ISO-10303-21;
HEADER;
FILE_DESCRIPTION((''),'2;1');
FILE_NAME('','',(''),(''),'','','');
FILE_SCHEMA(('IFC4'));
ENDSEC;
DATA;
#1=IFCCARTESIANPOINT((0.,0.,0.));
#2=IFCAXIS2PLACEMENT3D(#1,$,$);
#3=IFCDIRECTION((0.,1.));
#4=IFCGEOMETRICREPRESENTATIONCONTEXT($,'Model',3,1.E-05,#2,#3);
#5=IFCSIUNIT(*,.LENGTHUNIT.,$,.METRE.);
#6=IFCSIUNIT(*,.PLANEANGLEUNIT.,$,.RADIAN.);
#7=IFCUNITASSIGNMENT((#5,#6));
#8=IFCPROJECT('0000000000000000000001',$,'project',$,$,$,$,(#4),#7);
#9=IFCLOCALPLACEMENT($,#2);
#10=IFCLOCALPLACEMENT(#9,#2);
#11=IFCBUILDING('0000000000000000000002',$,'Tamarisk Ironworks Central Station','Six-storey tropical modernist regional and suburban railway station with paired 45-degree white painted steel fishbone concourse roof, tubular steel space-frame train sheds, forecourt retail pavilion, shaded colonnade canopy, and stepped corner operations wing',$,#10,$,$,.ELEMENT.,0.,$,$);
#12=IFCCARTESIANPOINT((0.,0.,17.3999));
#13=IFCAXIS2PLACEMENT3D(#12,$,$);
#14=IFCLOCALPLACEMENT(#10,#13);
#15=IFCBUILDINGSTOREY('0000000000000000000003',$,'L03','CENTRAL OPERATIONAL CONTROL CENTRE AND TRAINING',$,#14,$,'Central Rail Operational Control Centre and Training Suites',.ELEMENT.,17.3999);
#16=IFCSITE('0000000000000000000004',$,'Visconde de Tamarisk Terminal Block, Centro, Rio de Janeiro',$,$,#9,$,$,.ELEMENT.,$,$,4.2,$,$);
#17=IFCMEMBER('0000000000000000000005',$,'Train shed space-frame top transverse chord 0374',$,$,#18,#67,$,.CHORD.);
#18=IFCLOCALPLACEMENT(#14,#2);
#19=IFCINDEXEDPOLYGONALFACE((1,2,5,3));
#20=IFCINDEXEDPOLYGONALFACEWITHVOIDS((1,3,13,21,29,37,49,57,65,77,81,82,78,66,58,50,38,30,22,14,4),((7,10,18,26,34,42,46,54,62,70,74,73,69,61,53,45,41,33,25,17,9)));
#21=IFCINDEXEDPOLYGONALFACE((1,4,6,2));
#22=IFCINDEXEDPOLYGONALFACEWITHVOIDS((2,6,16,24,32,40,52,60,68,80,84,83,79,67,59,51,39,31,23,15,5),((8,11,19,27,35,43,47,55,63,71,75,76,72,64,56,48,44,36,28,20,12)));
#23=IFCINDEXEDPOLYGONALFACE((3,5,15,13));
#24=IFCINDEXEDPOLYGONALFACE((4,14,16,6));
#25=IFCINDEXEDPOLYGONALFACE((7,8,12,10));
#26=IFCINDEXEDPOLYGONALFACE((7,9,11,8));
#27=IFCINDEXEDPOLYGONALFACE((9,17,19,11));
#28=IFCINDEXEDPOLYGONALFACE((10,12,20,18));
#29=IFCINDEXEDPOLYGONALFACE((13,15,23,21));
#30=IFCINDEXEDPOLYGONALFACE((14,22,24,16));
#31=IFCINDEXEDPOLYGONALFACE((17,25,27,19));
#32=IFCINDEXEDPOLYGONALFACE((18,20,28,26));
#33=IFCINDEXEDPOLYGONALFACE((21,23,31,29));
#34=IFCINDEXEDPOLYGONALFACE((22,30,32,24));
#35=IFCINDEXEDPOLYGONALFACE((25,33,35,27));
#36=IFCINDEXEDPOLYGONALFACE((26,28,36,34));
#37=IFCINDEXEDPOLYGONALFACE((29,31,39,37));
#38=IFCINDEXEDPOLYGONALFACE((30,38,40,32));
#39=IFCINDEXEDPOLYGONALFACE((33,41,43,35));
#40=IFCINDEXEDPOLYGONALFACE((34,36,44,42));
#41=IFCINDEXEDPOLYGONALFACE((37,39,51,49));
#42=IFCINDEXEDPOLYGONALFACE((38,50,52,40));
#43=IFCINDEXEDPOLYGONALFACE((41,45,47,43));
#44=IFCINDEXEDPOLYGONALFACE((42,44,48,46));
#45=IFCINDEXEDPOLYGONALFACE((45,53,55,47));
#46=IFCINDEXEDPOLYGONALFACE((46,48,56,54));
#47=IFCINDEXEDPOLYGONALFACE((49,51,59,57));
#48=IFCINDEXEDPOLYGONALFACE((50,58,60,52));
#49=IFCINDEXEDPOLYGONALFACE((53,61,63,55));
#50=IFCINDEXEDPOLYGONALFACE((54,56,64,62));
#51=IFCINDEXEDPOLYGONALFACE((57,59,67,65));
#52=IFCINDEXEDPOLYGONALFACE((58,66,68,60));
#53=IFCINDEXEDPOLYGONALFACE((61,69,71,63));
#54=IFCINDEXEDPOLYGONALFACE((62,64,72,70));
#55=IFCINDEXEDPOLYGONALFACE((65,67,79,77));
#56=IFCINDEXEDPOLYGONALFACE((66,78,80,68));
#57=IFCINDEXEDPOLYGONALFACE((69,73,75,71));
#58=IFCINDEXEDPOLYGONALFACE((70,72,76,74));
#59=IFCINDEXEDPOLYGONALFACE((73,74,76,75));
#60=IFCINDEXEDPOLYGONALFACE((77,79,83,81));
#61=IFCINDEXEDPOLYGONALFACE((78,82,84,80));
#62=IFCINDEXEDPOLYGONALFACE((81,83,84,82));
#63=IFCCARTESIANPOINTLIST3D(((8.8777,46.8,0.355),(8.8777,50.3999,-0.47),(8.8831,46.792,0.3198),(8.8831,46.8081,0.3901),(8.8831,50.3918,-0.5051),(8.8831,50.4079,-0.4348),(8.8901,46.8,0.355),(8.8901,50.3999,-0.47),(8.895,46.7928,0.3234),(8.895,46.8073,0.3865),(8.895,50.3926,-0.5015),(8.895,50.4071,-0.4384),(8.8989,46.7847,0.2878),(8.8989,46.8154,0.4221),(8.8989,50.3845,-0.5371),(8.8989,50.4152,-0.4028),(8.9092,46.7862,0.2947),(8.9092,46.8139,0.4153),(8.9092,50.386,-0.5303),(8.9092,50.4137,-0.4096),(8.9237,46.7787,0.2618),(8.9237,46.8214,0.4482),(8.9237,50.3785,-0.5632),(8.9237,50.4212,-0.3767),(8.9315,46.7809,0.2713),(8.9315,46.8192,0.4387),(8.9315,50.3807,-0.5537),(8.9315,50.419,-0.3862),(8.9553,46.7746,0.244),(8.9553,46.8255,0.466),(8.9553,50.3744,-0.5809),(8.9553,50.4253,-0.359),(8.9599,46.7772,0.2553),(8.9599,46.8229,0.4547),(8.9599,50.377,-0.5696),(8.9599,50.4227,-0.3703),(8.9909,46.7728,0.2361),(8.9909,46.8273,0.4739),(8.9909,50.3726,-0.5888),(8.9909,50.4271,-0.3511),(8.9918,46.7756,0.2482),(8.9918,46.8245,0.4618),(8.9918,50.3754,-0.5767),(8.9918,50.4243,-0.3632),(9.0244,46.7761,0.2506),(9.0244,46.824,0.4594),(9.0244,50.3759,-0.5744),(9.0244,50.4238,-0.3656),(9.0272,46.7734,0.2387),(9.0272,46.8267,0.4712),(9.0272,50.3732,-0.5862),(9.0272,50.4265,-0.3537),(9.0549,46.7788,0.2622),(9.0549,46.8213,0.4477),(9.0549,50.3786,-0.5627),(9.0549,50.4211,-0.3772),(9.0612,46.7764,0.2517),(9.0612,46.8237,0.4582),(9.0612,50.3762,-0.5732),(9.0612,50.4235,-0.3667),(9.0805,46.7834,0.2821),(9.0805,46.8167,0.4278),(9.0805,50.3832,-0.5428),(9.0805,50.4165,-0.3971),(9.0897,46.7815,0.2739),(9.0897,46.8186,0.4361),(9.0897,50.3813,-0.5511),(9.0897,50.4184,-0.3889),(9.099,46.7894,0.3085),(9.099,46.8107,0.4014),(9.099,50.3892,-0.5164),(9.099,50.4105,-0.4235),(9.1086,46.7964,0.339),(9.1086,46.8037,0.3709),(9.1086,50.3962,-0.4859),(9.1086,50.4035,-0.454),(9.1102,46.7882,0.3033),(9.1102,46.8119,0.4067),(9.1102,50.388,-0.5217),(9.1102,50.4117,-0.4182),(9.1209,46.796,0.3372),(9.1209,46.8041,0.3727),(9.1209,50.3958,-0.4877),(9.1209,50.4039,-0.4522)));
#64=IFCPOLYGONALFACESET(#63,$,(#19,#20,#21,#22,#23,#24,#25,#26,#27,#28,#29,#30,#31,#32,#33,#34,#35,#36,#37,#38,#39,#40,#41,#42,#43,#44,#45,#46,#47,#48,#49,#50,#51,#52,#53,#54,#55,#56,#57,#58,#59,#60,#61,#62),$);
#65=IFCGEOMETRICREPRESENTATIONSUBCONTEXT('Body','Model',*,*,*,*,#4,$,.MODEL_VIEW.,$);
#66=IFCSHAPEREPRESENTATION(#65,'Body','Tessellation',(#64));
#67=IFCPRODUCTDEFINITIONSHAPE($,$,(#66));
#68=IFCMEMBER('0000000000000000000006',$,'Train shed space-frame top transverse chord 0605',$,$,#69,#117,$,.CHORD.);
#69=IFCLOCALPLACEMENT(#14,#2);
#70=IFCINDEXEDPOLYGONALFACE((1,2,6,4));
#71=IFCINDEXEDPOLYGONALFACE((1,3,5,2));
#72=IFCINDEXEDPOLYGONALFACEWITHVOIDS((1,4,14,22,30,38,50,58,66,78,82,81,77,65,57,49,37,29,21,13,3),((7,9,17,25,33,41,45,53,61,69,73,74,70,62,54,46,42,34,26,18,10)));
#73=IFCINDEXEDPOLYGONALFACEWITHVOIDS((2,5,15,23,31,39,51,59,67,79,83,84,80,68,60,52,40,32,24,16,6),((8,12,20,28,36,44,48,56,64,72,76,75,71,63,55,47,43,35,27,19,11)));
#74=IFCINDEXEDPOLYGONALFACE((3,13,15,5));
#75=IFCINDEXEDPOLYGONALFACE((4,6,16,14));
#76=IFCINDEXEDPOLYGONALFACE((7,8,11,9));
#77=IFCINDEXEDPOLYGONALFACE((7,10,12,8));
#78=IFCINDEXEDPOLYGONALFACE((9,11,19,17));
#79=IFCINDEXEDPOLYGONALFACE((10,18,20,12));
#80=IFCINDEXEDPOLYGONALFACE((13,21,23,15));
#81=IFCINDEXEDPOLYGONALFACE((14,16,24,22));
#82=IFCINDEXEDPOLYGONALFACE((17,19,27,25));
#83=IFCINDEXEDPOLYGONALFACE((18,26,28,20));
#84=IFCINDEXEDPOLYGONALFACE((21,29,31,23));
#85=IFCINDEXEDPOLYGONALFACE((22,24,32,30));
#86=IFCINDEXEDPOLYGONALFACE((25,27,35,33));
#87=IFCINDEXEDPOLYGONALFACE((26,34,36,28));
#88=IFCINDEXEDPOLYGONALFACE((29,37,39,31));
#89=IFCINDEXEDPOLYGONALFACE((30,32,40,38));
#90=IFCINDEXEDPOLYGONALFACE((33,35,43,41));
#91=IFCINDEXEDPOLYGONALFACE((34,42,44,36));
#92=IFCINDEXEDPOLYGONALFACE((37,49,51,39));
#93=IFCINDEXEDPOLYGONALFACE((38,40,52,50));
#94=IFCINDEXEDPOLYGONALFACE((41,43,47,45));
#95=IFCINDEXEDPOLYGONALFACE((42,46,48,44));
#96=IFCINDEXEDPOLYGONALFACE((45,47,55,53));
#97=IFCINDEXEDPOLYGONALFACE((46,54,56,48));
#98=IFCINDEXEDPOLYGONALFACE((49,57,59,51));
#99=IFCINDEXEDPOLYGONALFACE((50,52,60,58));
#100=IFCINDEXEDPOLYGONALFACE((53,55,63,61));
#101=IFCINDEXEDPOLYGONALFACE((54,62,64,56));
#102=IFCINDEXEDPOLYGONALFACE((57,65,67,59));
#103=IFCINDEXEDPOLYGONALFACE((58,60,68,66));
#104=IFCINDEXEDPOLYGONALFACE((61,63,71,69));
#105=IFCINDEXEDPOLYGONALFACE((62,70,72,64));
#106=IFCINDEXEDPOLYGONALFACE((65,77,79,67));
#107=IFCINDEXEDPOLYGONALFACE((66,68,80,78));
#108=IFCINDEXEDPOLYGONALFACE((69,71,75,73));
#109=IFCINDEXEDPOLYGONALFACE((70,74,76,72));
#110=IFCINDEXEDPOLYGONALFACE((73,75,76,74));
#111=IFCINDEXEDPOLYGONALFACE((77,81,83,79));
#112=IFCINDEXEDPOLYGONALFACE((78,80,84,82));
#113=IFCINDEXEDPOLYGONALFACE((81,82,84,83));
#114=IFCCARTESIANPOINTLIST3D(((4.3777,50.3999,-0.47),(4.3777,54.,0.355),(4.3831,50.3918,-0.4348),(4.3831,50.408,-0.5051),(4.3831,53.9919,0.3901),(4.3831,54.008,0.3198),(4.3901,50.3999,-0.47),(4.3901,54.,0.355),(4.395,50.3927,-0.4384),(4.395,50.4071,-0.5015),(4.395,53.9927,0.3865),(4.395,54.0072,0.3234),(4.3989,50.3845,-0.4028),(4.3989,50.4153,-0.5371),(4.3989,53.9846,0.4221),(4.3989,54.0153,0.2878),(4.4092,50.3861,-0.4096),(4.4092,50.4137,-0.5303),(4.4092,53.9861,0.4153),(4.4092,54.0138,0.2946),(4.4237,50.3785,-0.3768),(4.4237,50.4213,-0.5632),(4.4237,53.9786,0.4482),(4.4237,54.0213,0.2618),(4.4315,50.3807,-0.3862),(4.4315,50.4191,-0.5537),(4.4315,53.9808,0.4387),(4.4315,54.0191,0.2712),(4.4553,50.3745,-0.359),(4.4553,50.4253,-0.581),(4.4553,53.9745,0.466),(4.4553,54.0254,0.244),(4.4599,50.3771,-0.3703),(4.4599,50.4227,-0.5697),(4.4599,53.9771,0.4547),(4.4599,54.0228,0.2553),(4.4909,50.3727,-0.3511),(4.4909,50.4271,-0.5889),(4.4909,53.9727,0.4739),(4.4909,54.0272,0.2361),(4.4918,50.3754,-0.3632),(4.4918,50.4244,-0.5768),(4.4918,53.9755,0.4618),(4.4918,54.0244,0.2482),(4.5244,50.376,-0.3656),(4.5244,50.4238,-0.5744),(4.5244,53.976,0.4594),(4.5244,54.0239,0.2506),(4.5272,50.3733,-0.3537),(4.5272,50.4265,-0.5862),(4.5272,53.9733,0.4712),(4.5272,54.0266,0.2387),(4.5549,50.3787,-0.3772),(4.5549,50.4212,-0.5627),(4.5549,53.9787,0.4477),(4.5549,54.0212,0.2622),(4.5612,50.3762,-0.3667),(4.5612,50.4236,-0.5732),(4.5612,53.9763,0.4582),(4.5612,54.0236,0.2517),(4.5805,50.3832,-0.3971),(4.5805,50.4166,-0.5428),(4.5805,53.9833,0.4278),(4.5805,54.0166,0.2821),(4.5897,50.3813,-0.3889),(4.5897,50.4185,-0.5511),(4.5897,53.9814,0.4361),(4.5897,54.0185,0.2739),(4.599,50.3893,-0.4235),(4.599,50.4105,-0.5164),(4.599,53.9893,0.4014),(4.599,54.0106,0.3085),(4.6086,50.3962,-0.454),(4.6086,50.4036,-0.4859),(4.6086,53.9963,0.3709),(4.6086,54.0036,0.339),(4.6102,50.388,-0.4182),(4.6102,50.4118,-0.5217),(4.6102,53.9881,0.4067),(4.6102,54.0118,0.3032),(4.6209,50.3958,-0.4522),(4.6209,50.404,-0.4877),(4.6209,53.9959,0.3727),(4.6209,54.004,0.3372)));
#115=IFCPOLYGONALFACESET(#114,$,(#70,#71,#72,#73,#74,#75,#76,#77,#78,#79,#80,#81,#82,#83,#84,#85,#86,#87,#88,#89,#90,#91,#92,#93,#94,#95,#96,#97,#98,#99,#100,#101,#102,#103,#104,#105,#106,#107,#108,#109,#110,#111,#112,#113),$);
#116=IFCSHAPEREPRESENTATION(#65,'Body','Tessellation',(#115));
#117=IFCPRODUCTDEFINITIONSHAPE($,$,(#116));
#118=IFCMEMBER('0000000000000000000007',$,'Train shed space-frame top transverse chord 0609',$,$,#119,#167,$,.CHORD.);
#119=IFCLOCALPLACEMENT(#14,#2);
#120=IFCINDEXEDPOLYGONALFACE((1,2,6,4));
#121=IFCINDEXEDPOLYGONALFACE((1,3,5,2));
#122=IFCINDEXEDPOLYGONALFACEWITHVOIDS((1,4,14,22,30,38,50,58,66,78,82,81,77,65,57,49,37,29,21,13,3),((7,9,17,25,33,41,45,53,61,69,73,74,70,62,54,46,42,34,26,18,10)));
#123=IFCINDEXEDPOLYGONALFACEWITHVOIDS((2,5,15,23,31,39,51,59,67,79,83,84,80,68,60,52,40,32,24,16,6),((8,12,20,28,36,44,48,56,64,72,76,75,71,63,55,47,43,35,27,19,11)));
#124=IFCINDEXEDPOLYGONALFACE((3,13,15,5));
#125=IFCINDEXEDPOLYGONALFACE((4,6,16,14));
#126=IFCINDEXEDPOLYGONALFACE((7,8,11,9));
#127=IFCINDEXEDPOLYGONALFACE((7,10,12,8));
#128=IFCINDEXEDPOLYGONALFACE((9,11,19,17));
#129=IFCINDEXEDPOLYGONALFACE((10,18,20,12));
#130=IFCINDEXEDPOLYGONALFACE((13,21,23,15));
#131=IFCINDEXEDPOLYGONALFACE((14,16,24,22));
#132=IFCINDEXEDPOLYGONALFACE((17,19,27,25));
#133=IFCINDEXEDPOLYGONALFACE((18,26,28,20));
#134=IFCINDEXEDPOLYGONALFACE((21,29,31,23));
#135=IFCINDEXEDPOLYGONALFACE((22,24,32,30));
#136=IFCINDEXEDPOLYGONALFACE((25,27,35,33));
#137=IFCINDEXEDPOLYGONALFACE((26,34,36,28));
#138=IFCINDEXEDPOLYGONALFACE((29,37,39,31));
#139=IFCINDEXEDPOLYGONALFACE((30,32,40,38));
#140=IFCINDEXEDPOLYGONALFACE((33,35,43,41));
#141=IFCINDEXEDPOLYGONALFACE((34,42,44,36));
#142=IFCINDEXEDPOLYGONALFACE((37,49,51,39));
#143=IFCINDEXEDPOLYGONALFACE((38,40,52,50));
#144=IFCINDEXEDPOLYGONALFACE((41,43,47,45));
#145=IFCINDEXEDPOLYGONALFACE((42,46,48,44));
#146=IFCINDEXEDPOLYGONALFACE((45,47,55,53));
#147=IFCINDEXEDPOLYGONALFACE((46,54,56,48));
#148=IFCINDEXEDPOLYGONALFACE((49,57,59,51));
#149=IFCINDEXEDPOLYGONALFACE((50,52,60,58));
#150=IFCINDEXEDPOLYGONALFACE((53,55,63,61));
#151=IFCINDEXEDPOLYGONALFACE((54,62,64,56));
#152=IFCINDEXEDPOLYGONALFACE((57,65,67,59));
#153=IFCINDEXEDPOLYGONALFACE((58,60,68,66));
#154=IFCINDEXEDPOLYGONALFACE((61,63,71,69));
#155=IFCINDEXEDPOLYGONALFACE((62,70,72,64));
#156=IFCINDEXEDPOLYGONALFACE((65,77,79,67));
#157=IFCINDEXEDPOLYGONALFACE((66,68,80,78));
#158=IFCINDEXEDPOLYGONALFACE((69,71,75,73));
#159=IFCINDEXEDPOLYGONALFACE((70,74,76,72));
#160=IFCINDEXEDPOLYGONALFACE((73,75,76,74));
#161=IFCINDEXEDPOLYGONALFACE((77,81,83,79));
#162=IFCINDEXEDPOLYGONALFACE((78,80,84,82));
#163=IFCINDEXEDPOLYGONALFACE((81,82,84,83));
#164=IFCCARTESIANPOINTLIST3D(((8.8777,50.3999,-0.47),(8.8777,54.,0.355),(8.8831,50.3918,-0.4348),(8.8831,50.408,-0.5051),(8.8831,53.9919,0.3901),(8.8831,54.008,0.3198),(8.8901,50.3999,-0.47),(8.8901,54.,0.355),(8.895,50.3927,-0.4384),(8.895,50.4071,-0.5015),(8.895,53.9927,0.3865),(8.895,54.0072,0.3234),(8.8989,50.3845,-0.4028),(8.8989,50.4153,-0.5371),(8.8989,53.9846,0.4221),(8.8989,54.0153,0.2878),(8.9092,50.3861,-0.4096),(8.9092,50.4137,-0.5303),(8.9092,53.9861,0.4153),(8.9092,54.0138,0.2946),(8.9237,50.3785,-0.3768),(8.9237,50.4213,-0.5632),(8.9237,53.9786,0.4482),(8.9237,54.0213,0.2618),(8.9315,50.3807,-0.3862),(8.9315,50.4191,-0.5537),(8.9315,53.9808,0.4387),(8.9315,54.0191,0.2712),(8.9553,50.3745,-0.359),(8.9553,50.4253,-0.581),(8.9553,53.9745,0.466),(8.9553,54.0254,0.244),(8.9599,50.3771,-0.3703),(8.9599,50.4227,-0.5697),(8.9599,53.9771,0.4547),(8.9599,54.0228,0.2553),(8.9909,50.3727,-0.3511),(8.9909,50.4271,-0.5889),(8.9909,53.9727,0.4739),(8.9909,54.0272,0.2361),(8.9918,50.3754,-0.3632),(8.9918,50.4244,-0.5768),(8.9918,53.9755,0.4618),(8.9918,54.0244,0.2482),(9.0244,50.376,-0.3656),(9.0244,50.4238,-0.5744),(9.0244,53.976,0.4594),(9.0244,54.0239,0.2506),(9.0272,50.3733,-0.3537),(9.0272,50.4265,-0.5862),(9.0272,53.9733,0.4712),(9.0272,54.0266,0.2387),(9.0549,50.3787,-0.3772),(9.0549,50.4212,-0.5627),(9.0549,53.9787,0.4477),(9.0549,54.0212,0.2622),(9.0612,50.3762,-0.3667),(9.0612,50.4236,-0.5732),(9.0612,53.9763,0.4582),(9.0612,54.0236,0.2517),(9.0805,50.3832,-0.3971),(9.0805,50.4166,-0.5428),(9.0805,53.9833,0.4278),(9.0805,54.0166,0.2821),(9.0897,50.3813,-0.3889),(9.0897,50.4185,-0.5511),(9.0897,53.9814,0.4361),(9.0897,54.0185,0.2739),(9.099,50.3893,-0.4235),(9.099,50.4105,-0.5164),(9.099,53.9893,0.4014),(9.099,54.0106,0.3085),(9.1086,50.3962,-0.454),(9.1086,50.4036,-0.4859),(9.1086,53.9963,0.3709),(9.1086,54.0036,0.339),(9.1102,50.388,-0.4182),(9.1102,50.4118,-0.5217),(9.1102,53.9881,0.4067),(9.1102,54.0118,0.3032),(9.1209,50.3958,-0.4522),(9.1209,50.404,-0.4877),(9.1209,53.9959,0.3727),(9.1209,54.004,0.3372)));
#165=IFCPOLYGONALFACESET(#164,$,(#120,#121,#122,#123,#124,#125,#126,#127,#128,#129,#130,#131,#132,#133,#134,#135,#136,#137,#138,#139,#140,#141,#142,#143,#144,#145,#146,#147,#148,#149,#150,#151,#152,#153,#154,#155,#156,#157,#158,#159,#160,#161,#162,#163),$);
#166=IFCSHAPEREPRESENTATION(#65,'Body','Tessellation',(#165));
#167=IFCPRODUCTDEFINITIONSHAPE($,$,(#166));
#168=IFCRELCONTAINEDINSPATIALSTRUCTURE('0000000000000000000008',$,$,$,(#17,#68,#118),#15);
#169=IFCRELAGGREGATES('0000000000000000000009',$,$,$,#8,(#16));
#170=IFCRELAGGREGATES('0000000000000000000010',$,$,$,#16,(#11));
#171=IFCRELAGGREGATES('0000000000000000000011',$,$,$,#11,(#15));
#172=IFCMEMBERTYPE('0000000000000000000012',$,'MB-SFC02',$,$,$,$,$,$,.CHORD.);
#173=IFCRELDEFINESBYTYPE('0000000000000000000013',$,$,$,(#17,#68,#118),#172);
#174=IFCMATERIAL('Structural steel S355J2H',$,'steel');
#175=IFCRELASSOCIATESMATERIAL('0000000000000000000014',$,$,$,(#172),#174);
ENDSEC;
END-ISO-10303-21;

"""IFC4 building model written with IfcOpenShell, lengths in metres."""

from ifc_helpers import new_model, si_unit, direction, frame, origin, origin_2d, place, context, subcontext, project, spatial, hollow_circle, extrude, material, material_profile, profile_set, type_object, element, save


model = new_model("IFC4")

# Units and contexts
model_context = context("Model", 3, precision=1e-05, world=origin(), true_north=direction((0.0, 1.0)))
body_context = subcontext(model_context, "Body", "Model", "MODEL_VIEW")
ifc_project = project(units=[si_unit("LENGTHUNIT", "METRE"), si_unit("PLANEANGLEUNIT", "RADIAN")], contexts=[model_context])

# Site, building, storey
site_placement = place(None, origin())
site = spatial("IfcSite", under=ifc_project, at=site_placement, Name="Visconde de Tamarisk Terminal Block, Centro, Rio de Janeiro", CompositionType="ELEMENT", RefElevation=4.2)
building_placement = place(site_placement, origin())
building = spatial("IfcBuilding", under=site, at=building_placement, Name="Tamarisk Ironworks Central Station", Description="Six-storey tropical modernist regional and suburban railway station with paired 45-degree white painted steel fishbone concourse roof, tubular steel space-frame train sheds, forecourt retail pavilion, shaded colonnade canopy, and stepped corner operations wing", CompositionType="ELEMENT", ElevationOfRefHeight=0.0)
storey_placement = place(building_placement, frame((0.0, 0.0, 17.3999)))
storey = spatial("IfcBuildingStorey", under=building, at=storey_placement, Name="L03", Description="CENTRAL OPERATIONAL CONTROL CENTRE AND TRAINING", LongName="Central Rail Operational Control Centre and Training Suites", CompositionType="ELEMENT", Elevation=17.3999)

# Members
ifc_material_1 = material(Name="Structural steel S355J2H", Category="steel")
ifc_material_profile_1 = material_profile(ifc_material_1, hollow_circle(Radius=0.1223, WallThickness=0.0125, at=origin_2d()), Name="CHS 244.5x12.5")
ifc_profile_set_1 = profile_set([ifc_material_profile_1], Name="Structural steel S355J2H")
member_type_1 = type_object("IfcMemberType", Name="MB-SFC02", PredefinedType="CHORD", material=ifc_profile_set_1)
member_1_placement = place(storey_placement, frame((9.0, 46.8, 0.355), z_axis=(0.0, 0.974733, -0.223372), x_axis=(-1.0, 0.0, 0.0)))
element("IfcMember", 1, at=member_1_placement, inside=storey, type_object=member_type_1, Name="Train shed space-frame top transverse chord 0374", PredefinedType="CHORD", context=body_context, shape_type="SweptSolid", body=[
    extrude(hollow_circle(Radius=0.1223, WallThickness=0.0125, at=origin_2d()), origin(), (0.0, 0.0, 1.0), 3.6931),
])
for number, where, z_axis, x_axis, name in (
    (2, (4.5, 50.3999, -0.47), (0.0, 0.974737, 0.223358), (-1.0, 0.0, 0.0), "Train shed space-frame top transverse chord 0605"),
    (3, (9.0, 50.3999, -0.47), (0.0, 0.974737, 0.223358), (-1.0, 0.0, 0.0), "Train shed space-frame top transverse chord 0609"),
):
    element("IfcMember", number, at=place(storey_placement, frame(where, z_axis=z_axis, x_axis=x_axis)), inside=storey, type_object=member_type_1, Name=name, PredefinedType="CHORD", context=body_context, shape_type="SweptSolid", body=[
        extrude(hollow_circle(Radius=0.1223, WallThickness=0.0125, at=origin_2d()), origin(), (0.0, 0.0, 1.0), 3.6934),
    ])

save(model, "model.ifc")
